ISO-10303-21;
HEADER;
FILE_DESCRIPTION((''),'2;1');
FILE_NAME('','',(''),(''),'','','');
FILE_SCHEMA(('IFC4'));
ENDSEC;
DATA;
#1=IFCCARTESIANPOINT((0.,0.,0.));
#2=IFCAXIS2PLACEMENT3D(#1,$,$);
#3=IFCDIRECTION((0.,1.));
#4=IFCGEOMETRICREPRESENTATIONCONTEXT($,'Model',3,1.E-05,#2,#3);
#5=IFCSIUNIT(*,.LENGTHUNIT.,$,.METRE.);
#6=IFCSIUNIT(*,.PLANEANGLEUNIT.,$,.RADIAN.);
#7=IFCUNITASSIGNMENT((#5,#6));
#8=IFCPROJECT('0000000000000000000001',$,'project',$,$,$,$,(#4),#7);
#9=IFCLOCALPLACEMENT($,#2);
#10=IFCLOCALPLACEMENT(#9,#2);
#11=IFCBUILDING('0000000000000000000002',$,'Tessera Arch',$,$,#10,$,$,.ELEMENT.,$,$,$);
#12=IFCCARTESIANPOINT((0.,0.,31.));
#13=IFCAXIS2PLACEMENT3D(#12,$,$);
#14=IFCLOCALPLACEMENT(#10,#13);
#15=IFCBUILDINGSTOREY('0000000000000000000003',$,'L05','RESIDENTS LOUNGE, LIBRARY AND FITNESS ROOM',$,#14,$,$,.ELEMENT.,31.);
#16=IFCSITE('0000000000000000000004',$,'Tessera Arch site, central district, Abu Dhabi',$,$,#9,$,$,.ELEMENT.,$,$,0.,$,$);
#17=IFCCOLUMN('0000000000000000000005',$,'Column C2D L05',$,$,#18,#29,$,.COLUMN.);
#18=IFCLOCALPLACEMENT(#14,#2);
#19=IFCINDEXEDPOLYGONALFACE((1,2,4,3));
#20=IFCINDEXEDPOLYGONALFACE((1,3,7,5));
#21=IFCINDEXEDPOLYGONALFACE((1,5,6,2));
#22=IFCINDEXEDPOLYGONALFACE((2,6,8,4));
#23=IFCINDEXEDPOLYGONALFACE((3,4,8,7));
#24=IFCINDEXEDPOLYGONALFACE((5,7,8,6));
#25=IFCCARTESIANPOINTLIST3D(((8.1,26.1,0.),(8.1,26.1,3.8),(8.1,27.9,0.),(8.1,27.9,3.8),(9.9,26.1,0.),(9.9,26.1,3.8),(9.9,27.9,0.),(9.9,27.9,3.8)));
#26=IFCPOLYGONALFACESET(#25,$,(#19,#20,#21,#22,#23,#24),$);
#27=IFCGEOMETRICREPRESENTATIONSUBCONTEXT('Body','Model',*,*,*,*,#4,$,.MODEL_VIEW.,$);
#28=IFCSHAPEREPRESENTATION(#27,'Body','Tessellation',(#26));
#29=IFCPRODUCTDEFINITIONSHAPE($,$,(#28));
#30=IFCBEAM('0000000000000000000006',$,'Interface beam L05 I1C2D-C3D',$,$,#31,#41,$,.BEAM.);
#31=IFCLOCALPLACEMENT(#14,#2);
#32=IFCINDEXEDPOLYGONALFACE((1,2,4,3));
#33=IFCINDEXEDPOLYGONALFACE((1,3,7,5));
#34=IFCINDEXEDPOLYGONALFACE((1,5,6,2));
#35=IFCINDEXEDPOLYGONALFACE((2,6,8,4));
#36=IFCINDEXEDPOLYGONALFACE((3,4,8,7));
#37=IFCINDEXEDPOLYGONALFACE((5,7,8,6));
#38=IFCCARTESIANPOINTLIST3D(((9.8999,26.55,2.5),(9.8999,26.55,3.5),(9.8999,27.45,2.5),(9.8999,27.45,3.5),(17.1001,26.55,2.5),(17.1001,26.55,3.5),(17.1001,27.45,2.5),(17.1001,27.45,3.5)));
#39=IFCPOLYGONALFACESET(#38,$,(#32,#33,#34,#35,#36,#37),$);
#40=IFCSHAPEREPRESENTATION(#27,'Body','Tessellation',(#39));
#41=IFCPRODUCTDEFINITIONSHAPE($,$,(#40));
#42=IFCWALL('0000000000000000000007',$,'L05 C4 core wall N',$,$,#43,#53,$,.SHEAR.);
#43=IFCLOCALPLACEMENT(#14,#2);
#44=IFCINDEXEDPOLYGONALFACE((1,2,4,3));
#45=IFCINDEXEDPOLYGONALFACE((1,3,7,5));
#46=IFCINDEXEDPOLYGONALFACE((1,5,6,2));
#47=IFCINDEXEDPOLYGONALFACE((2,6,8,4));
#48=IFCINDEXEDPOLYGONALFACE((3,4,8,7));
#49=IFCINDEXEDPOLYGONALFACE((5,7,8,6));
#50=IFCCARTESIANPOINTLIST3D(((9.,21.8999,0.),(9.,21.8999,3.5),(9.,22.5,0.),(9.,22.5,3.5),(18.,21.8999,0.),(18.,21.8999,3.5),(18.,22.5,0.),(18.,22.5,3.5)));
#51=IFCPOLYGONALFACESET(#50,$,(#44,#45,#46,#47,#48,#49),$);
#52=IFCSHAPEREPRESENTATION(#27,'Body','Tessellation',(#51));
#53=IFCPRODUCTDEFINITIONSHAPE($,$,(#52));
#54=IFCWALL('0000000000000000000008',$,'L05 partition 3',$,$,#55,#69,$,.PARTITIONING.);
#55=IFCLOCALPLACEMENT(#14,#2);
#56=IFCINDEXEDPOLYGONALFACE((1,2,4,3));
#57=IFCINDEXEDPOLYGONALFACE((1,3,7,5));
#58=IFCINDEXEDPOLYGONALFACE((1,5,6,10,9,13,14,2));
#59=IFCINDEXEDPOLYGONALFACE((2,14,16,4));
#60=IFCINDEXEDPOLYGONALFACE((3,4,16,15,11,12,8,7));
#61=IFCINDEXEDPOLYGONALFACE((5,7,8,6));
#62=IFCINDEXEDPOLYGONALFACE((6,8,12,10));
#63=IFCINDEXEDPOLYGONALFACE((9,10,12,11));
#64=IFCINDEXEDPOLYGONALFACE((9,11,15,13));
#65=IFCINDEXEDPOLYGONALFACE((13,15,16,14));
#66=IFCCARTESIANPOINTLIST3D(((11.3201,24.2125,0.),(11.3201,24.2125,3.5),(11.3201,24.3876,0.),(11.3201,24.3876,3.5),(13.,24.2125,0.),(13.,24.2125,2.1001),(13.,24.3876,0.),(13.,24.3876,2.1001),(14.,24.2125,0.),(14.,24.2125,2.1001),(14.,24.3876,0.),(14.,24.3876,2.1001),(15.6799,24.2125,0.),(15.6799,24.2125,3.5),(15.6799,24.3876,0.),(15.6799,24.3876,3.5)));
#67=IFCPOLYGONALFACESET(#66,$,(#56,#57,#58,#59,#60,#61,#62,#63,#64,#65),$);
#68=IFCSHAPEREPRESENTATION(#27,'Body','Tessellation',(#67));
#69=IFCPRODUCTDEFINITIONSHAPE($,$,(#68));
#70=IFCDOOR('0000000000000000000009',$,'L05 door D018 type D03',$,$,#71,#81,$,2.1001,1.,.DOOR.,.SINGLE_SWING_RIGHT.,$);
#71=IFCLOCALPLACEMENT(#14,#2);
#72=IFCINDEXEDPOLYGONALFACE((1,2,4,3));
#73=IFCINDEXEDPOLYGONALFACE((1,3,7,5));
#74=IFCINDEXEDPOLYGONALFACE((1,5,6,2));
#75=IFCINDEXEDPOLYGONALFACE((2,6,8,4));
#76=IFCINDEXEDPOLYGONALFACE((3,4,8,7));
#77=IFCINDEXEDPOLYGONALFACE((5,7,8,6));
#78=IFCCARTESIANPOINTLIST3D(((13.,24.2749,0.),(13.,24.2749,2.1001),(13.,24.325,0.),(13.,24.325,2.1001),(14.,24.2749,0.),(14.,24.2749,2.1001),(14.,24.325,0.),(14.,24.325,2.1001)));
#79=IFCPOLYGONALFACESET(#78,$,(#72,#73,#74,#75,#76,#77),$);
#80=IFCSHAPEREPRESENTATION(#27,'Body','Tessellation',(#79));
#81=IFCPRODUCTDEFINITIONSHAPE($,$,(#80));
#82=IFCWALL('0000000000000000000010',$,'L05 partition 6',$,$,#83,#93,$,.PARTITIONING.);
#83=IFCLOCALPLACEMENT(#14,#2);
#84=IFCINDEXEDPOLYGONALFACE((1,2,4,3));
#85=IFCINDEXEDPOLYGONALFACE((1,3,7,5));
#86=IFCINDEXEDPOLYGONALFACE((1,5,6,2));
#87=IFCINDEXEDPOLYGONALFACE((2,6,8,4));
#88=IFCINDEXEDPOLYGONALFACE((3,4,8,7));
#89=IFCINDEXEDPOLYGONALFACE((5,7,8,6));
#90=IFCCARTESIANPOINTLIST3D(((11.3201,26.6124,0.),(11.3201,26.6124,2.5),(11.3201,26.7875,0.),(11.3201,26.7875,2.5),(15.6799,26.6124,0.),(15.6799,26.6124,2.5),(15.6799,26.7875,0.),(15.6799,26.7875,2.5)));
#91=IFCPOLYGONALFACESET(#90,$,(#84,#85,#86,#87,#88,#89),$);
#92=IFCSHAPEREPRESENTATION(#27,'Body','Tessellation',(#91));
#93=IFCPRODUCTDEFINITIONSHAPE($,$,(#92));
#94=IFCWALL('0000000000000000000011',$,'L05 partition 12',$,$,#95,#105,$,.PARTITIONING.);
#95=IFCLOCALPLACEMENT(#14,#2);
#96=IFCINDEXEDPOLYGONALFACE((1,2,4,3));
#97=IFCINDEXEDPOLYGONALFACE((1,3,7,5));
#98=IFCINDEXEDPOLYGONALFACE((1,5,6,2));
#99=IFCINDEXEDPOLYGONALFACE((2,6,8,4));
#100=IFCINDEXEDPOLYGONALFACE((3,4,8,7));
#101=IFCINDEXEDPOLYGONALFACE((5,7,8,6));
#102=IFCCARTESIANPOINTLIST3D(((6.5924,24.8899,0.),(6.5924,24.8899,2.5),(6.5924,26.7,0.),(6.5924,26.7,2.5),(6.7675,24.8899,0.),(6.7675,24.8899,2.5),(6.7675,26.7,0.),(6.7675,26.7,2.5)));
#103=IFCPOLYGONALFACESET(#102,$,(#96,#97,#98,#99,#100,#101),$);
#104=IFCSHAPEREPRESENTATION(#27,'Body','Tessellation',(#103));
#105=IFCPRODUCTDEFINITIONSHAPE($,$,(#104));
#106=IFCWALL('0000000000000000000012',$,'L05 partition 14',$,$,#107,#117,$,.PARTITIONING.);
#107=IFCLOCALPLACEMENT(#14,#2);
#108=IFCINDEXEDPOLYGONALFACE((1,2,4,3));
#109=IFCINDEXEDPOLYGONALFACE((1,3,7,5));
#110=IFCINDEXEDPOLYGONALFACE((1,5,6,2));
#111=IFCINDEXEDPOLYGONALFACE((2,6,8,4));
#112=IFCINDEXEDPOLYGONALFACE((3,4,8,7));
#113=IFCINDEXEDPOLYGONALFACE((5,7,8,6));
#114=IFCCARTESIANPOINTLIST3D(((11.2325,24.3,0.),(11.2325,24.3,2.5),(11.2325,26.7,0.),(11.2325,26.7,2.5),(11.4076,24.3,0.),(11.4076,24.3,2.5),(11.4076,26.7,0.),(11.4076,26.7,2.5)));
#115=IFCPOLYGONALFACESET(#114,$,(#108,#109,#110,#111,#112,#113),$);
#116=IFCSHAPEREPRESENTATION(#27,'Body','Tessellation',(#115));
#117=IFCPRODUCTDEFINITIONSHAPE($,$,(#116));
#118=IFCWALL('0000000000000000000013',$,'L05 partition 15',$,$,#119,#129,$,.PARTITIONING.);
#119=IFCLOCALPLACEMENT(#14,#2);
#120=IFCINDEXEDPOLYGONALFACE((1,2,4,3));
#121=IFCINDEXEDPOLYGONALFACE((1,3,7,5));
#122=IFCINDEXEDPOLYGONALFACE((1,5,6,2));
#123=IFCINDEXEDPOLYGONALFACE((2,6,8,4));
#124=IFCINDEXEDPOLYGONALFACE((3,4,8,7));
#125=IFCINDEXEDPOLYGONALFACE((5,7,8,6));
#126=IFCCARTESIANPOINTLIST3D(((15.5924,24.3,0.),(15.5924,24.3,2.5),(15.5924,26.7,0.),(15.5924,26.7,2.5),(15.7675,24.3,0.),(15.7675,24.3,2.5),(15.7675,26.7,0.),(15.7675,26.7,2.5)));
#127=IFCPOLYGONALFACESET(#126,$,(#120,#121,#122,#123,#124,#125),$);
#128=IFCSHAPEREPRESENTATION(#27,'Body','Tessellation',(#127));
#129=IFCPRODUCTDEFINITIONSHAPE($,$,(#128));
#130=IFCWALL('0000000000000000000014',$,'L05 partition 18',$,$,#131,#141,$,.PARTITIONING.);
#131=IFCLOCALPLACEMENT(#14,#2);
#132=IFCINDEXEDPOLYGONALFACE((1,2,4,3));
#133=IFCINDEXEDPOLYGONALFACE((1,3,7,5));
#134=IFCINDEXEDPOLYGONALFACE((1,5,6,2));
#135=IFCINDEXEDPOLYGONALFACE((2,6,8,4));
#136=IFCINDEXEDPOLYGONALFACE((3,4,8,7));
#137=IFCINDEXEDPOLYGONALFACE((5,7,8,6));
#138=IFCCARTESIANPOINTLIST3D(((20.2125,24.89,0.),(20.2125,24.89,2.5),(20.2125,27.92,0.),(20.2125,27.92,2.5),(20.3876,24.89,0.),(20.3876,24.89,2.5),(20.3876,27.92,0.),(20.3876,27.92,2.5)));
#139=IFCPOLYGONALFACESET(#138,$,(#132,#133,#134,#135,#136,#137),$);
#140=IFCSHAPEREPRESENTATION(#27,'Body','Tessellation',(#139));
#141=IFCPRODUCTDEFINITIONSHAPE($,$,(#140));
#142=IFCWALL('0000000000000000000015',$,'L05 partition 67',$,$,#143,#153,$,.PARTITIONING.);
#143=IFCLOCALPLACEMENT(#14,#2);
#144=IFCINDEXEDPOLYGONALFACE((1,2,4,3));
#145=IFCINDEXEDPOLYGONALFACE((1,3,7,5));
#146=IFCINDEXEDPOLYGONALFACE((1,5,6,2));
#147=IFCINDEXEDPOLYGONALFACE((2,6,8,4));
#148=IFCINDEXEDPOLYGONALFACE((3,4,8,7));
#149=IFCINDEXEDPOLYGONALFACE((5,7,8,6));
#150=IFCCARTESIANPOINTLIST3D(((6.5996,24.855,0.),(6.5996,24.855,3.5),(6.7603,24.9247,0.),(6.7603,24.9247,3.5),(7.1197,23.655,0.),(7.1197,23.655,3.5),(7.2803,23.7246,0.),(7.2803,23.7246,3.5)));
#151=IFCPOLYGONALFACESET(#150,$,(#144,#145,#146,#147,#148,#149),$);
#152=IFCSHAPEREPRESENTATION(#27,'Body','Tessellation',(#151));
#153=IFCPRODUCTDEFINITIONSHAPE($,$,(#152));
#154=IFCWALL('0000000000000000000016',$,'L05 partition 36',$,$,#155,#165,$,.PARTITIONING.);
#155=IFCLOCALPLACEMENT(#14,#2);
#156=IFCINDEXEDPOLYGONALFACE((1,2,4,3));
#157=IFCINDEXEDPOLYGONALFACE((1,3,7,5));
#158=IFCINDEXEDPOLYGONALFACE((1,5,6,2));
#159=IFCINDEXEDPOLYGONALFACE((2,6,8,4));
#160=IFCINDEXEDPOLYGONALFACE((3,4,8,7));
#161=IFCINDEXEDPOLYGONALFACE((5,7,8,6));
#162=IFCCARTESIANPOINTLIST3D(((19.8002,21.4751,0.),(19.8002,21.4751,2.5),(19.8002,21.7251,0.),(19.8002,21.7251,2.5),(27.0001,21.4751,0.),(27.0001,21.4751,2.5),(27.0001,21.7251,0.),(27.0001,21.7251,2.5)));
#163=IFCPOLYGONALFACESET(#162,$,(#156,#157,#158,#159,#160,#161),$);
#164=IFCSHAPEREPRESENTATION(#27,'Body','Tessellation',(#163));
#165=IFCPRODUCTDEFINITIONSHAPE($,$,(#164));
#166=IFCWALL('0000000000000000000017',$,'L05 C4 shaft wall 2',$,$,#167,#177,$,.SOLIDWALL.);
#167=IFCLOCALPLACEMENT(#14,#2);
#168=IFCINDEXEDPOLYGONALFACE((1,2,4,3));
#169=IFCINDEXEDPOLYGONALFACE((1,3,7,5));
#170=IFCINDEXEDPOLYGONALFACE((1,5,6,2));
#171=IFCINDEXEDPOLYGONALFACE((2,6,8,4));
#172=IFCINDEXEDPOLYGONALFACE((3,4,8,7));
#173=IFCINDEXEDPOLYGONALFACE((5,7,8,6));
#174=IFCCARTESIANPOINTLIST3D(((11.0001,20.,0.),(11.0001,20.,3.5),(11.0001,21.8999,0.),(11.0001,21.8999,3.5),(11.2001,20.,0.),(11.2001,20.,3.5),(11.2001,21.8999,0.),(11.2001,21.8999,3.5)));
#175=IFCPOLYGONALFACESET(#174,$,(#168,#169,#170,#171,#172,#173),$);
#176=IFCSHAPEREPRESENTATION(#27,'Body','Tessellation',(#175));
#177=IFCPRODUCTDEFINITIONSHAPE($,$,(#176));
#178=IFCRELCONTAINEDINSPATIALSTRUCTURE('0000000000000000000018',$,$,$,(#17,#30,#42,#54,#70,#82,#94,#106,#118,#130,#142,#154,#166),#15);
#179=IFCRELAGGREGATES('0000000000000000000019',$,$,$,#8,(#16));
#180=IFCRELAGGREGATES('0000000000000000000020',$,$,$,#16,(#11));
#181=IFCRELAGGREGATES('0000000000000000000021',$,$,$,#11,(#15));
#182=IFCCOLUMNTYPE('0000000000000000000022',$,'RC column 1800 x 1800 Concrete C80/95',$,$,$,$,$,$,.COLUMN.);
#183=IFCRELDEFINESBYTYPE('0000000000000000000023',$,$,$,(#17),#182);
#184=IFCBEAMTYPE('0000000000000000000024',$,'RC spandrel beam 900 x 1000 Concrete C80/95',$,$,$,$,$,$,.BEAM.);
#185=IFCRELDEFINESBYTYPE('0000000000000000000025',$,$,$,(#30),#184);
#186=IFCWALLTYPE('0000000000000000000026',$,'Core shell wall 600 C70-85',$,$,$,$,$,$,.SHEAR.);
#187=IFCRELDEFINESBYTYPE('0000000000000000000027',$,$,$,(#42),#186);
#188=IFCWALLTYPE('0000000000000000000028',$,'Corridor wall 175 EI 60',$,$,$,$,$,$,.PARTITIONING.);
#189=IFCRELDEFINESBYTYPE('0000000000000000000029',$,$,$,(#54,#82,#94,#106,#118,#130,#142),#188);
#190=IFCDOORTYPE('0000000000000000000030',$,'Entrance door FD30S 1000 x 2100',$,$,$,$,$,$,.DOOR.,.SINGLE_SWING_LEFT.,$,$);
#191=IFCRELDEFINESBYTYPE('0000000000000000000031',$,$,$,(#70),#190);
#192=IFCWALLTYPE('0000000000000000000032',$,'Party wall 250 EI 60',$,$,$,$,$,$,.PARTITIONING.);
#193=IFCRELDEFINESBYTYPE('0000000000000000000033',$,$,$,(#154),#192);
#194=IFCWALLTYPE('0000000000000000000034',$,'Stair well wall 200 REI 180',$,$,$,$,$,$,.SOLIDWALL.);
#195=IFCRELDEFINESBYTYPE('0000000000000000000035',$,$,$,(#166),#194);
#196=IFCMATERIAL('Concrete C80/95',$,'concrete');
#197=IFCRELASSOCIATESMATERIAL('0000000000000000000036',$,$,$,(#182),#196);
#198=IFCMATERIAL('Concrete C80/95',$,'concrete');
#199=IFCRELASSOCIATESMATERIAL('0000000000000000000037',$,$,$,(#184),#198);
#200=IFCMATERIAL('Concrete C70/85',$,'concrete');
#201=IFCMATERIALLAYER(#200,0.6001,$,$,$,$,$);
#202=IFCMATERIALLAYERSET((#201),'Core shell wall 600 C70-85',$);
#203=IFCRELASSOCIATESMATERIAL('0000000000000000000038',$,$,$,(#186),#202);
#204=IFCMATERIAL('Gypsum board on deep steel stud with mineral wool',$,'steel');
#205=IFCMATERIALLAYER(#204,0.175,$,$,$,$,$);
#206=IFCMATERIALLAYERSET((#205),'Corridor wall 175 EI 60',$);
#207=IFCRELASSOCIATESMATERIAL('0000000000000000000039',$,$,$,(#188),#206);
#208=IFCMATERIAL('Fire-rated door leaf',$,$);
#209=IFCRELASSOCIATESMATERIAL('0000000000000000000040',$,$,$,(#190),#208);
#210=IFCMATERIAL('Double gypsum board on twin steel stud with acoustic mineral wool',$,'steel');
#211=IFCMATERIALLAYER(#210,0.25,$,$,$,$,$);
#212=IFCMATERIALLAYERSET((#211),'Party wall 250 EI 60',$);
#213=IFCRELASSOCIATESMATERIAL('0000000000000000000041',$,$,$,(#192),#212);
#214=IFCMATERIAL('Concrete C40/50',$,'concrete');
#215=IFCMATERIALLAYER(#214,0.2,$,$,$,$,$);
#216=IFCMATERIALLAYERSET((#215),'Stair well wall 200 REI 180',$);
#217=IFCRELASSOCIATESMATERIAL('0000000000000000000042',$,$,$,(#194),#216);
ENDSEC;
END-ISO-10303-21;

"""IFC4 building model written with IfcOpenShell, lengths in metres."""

from ifc_helpers import new_model, si_unit, direction, frame, frame_2d, origin, origin_2d, place, context, subcontext, project, spatial, rectangle, extrude, material, layer, layer_set, material_profile, profile_set, type_object, element, fill, save


model = new_model("IFC4")

# Units and contexts
model_context = context("Model", 3, precision=1e-05, world=origin(), true_north=direction((0.0, 1.0)))
body_context = subcontext(model_context, "Body", "Model", "MODEL_VIEW")
ifc_project = project(units=[si_unit("LENGTHUNIT", "METRE"), si_unit("PLANEANGLEUNIT", "RADIAN")], contexts=[model_context])

# Site, building, storey
site_placement = place(None, origin())
site = spatial("IfcSite", under=ifc_project, at=site_placement, Name="Tessera Arch site, central district, Abu Dhabi", CompositionType="ELEMENT", RefElevation=0.0)
building_placement = place(site_placement, origin())
building = spatial("IfcBuilding", under=site, at=building_placement, Name="Tessera Arch", CompositionType="ELEMENT")
storey_placement = place(building_placement, frame((0.0, 0.0, 31.0)))
storey = spatial("IfcBuildingStorey", under=building, at=storey_placement, Name="L05", Description="RESIDENTS LOUNGE, LIBRARY AND FITNESS ROOM", CompositionType="ELEMENT", Elevation=31.0)

# Column
ifc_material_1 = material(Name="Concrete C80/95", Category="concrete")
ifc_material_profile_1 = material_profile(ifc_material_1, rectangle(XDim=1.8, YDim=1.8, at=origin_2d()), Name="RC column 1800 x 1800 Concrete C80/95")
ifc_profile_set_1 = profile_set([ifc_material_profile_1], Name="Concrete C80/95")
column_type = type_object("IfcColumnType", Name="RC column 1800 x 1800 Concrete C80/95", PredefinedType="COLUMN", material=ifc_profile_set_1)
column_placement = place(storey_placement, frame((9.0, 27.0, 0.0), z_axis=(0.0, 0.0, 1.0), x_axis=(1.0, 0.0, 0.0)))
element("IfcColumn", 1, at=column_placement, inside=storey, type_object=column_type, Name="Column C2D L05", PredefinedType="COLUMN", context=body_context, shape_type="SweptSolid", body=[
    extrude(rectangle(XDim=1.8, YDim=1.8, at=origin_2d()), origin(), (0.0, 0.0, 1.0), 3.8),
])

# Beam
ifc_material_2 = material(Name="Concrete C80/95", Category="concrete")
ifc_material_profile_2 = material_profile(ifc_material_2, rectangle(XDim=0.8999, YDim=1.0, at=origin_2d()), Name="RC spandrel beam 900 x 1000 Concrete C80/95")
ifc_profile_set_2 = profile_set([ifc_material_profile_2], Name="Concrete C80/95")
beam_type = type_object("IfcBeamType", Name="RC spandrel beam 900 x 1000 Concrete C80/95", PredefinedType="BEAM", material=ifc_profile_set_2)
beam_placement = place(storey_placement, frame((9.8999, 27.0, 3.0), z_axis=(1.0, 0.0, 0.0), x_axis=(0.0, 1.0, 0.0)))
element("IfcBeam", 2, at=beam_placement, inside=storey, type_object=beam_type, Name="Interface beam L05 I1C2D-C3D", PredefinedType="BEAM", context=body_context, shape_type="SweptSolid", body=[
    extrude(rectangle(XDim=0.8999, YDim=1.0, at=origin_2d()), origin(), (0.0, 0.0, 1.0), 7.2002),
])

# Wall
ifc_material_3 = material(Name="Concrete C70/85", Category="concrete")
ifc_layer_1 = layer(ifc_material_3, 0.6001)
ifc_layer_set_1 = layer_set([ifc_layer_1], Name="Core shell wall 600 C70-85")
wall_type_1 = type_object("IfcWallType", Name="Core shell wall 600 C70-85", PredefinedType="SHEAR", material=ifc_layer_set_1)
wall_1_placement = place(storey_placement, frame((9.0, 22.2, 0.0), z_axis=(0.0, 0.0, 1.0), x_axis=(1.0, 0.0, 0.0)))
element("IfcWall", 3, at=wall_1_placement, inside=storey, type_object=wall_type_1, Name="L05 C4 core wall N", PredefinedType="SHEAR", context=body_context, shape_type="SweptSolid", body=[
    extrude(rectangle(XDim=9.0, YDim=0.6001, at=frame_2d((4.5, 0.0))), origin(), (0.0, 0.0, 1.0), 3.5),
])

# Wall, opening, door
ifc_material_4 = material(Name="Gypsum board on deep steel stud with mineral wool", Category="steel")
ifc_layer_2 = layer(ifc_material_4, 0.175)
ifc_layer_set_2 = layer_set([ifc_layer_2], Name="Corridor wall 175 EI 60")
wall_type_2 = type_object("IfcWallType", Name="Corridor wall 175 EI 60", PredefinedType="PARTITIONING", material=ifc_layer_set_2)
wall_2_placement = place(storey_placement, frame((11.3201, 24.3, 0.0), z_axis=(0.0, 0.0, 1.0), x_axis=(1.0, 0.0, 0.0)))
wall_2 = element("IfcWall", 4, at=wall_2_placement, inside=storey, type_object=wall_type_2, Name="L05 partition 3", PredefinedType="PARTITIONING", context=body_context, shape_type="SweptSolid", body=[
    extrude(rectangle(XDim=4.3599, YDim=0.175, at=frame_2d((2.1799, 0.0))), origin(), (0.0, 0.0, 1.0), 3.5),
])
opening_placement = place(wall_2_placement, frame((1.6799, 0.0, 0.0)))
opening = element("IfcOpeningElement", 5, at=opening_placement, cuts=wall_2, PredefinedType="OPENING", context=body_context, shape_type="SweptSolid", body=[
    extrude(rectangle(XDim=1.0, YDim=2.1001, at=frame_2d((0.5, 1.05))), frame((0.0, 0.0974, 0.0), z_axis=(0.0, -1.0, 0.0), x_axis=(1.0, 0.0, 0.0)), (0.0, 0.0, 1.0), 0.1951),
])
ifc_material_5 = material(Name="Fire-rated door leaf")
door_type = type_object("IfcDoorType", Name="Entrance door FD30S 1000 x 2100", OperationType="SINGLE_SWING_LEFT", PredefinedType="DOOR", material=ifc_material_5)
door_placement = place(opening_placement, origin())
door = element("IfcDoor", 6, at=door_placement, inside=storey, type_object=door_type, Name="L05 door D018 type D03", OperationType="SINGLE_SWING_RIGHT", OverallHeight=2.1001, OverallWidth=1.0, PredefinedType="DOOR", context=body_context, shape_type="SweptSolid", body=[
    extrude(rectangle(XDim=1.0, YDim=2.1001, at=frame_2d((0.5, 1.05))), frame((0.0, 0.0249, 0.0), z_axis=(0.0, -1.0, 0.0), x_axis=(1.0, 0.0, 0.0)), (0.0, 0.0, 1.0), 0.05),
])
fill(opening, door)

# Walls
wall_3_placement = place(storey_placement, frame((11.3201, 26.7, 0.0), z_axis=(0.0, 0.0, 1.0), x_axis=(1.0, 0.0, 0.0)))
element("IfcWall", 7, at=wall_3_placement, inside=storey, type_object=wall_type_2, Name="L05 partition 6", PredefinedType="PARTITIONING", context=body_context, shape_type="SweptSolid", body=[
    extrude(rectangle(XDim=4.3599, YDim=0.175, at=frame_2d((2.1799, 0.0))), origin(), (0.0, 0.0, 1.0), 2.5),
])
wall_4_placement = place(storey_placement, frame((6.6799, 24.8899, 0.0), z_axis=(0.0, 0.0, 1.0), x_axis=(0.0, 1.0, 0.0)))
element("IfcWall", 8, at=wall_4_placement, inside=storey, type_object=wall_type_2, Name="L05 partition 12", PredefinedType="PARTITIONING", context=body_context, shape_type="SweptSolid", body=[
    extrude(rectangle(XDim=1.8101, YDim=0.175, at=frame_2d((0.905, 0.0))), origin(), (0.0, 0.0, 1.0), 2.5),
])
for number, where, z_axis, x_axis, name in (
    (9, (11.3201, 24.3, 0.0), (0.0, 0.0, 1.0), (0.0, 1.0, 0.0), "L05 partition 14"),
    (10, (15.6799, 24.3, 0.0), (0.0, 0.0, 1.0), (0.0, 1.0, 0.0), "L05 partition 15"),
):
    element("IfcWall", number, at=place(storey_placement, frame(where, z_axis=z_axis, x_axis=x_axis)), inside=storey, type_object=wall_type_2, Name=name, PredefinedType="PARTITIONING", context=body_context, shape_type="SweptSolid", body=[
        extrude(rectangle(XDim=2.3999, YDim=0.175, at=frame_2d((1.2, 0.0))), origin(), (0.0, 0.0, 1.0), 2.5),
    ])
wall_5_placement = place(storey_placement, frame((20.3, 24.8899, 0.0), z_axis=(0.0, 0.0, 1.0), x_axis=(0.0, 1.0, 0.0)))
element("IfcWall", 11, at=wall_5_placement, inside=storey, type_object=wall_type_2, Name="L05 partition 18", PredefinedType="PARTITIONING", context=body_context, shape_type="SweptSolid", body=[
    extrude(rectangle(XDim=3.03, YDim=0.175, at=frame_2d((1.5151, 0.0))), origin(), (0.0, 0.0, 1.0), 2.5),
])
wall_6_placement = place(storey_placement, frame((7.2, 23.6899, 0.0), z_axis=(0.0, 0.0, 1.0), x_axis=(-0.397634, 0.917544, 0.0)))
element("IfcWall", 12, at=wall_6_placement, inside=storey, type_object=wall_type_2, Name="L05 partition 67", PredefinedType="PARTITIONING", context=body_context, shape_type="SweptSolid", body=[
    extrude(rectangle(XDim=1.3079, YDim=0.175, at=frame_2d((0.6538, 0.0))), origin(), (0.0, 0.0, 1.0), 3.5),
])
ifc_material_6 = material(Name="Double gypsum board on twin steel stud with acoustic mineral wool", Category="steel")
ifc_layer_3 = layer(ifc_material_6, 0.25)
ifc_layer_set_3 = layer_set([ifc_layer_3], Name="Party wall 250 EI 60")
wall_type_3 = type_object("IfcWallType", Name="Party wall 250 EI 60", PredefinedType="PARTITIONING", material=ifc_layer_set_3)
wall_7_placement = place(storey_placement, frame((19.8, 21.6001, 0.0), z_axis=(0.0, 0.0, 1.0), x_axis=(1.0, 0.0, 0.0)))
element("IfcWall", 13, at=wall_7_placement, inside=storey, type_object=wall_type_3, Name="L05 partition 36", PredefinedType="PARTITIONING", context=body_context, shape_type="SweptSolid", body=[
    extrude(rectangle(XDim=7.2, YDim=0.25, at=frame_2d((3.6001, 0.0))), origin(), (0.0, 0.0, 1.0), 2.5),
])
ifc_material_7 = material(Name="Concrete C40/50", Category="concrete")
ifc_layer_4 = layer(ifc_material_7, 0.2)
ifc_layer_set_4 = layer_set([ifc_layer_4], Name="Stair well wall 200 REI 180")
wall_type_4 = type_object("IfcWallType", Name="Stair well wall 200 REI 180", PredefinedType="SOLIDWALL", material=ifc_layer_set_4)
for number, where, z_axis, x_axis, name in (
    (14, (11.1001, 20.0, 0.0), (0.0, 0.0, 1.0), (0.0, 1.0, 0.0), "L05 C4 shaft wall 2"),
):
    element("IfcWall", number, at=place(storey_placement, frame(where, z_axis=z_axis, x_axis=x_axis)), inside=storey, type_object=wall_type_4, Name=name, PredefinedType="SOLIDWALL", context=body_context, shape_type="SweptSolid", body=[
        extrude(rectangle(XDim=1.8999, YDim=0.2, at=frame_2d((0.95, 0.0))), origin(), (0.0, 0.0, 1.0), 3.5),
    ])

save(model, "model.ifc")
